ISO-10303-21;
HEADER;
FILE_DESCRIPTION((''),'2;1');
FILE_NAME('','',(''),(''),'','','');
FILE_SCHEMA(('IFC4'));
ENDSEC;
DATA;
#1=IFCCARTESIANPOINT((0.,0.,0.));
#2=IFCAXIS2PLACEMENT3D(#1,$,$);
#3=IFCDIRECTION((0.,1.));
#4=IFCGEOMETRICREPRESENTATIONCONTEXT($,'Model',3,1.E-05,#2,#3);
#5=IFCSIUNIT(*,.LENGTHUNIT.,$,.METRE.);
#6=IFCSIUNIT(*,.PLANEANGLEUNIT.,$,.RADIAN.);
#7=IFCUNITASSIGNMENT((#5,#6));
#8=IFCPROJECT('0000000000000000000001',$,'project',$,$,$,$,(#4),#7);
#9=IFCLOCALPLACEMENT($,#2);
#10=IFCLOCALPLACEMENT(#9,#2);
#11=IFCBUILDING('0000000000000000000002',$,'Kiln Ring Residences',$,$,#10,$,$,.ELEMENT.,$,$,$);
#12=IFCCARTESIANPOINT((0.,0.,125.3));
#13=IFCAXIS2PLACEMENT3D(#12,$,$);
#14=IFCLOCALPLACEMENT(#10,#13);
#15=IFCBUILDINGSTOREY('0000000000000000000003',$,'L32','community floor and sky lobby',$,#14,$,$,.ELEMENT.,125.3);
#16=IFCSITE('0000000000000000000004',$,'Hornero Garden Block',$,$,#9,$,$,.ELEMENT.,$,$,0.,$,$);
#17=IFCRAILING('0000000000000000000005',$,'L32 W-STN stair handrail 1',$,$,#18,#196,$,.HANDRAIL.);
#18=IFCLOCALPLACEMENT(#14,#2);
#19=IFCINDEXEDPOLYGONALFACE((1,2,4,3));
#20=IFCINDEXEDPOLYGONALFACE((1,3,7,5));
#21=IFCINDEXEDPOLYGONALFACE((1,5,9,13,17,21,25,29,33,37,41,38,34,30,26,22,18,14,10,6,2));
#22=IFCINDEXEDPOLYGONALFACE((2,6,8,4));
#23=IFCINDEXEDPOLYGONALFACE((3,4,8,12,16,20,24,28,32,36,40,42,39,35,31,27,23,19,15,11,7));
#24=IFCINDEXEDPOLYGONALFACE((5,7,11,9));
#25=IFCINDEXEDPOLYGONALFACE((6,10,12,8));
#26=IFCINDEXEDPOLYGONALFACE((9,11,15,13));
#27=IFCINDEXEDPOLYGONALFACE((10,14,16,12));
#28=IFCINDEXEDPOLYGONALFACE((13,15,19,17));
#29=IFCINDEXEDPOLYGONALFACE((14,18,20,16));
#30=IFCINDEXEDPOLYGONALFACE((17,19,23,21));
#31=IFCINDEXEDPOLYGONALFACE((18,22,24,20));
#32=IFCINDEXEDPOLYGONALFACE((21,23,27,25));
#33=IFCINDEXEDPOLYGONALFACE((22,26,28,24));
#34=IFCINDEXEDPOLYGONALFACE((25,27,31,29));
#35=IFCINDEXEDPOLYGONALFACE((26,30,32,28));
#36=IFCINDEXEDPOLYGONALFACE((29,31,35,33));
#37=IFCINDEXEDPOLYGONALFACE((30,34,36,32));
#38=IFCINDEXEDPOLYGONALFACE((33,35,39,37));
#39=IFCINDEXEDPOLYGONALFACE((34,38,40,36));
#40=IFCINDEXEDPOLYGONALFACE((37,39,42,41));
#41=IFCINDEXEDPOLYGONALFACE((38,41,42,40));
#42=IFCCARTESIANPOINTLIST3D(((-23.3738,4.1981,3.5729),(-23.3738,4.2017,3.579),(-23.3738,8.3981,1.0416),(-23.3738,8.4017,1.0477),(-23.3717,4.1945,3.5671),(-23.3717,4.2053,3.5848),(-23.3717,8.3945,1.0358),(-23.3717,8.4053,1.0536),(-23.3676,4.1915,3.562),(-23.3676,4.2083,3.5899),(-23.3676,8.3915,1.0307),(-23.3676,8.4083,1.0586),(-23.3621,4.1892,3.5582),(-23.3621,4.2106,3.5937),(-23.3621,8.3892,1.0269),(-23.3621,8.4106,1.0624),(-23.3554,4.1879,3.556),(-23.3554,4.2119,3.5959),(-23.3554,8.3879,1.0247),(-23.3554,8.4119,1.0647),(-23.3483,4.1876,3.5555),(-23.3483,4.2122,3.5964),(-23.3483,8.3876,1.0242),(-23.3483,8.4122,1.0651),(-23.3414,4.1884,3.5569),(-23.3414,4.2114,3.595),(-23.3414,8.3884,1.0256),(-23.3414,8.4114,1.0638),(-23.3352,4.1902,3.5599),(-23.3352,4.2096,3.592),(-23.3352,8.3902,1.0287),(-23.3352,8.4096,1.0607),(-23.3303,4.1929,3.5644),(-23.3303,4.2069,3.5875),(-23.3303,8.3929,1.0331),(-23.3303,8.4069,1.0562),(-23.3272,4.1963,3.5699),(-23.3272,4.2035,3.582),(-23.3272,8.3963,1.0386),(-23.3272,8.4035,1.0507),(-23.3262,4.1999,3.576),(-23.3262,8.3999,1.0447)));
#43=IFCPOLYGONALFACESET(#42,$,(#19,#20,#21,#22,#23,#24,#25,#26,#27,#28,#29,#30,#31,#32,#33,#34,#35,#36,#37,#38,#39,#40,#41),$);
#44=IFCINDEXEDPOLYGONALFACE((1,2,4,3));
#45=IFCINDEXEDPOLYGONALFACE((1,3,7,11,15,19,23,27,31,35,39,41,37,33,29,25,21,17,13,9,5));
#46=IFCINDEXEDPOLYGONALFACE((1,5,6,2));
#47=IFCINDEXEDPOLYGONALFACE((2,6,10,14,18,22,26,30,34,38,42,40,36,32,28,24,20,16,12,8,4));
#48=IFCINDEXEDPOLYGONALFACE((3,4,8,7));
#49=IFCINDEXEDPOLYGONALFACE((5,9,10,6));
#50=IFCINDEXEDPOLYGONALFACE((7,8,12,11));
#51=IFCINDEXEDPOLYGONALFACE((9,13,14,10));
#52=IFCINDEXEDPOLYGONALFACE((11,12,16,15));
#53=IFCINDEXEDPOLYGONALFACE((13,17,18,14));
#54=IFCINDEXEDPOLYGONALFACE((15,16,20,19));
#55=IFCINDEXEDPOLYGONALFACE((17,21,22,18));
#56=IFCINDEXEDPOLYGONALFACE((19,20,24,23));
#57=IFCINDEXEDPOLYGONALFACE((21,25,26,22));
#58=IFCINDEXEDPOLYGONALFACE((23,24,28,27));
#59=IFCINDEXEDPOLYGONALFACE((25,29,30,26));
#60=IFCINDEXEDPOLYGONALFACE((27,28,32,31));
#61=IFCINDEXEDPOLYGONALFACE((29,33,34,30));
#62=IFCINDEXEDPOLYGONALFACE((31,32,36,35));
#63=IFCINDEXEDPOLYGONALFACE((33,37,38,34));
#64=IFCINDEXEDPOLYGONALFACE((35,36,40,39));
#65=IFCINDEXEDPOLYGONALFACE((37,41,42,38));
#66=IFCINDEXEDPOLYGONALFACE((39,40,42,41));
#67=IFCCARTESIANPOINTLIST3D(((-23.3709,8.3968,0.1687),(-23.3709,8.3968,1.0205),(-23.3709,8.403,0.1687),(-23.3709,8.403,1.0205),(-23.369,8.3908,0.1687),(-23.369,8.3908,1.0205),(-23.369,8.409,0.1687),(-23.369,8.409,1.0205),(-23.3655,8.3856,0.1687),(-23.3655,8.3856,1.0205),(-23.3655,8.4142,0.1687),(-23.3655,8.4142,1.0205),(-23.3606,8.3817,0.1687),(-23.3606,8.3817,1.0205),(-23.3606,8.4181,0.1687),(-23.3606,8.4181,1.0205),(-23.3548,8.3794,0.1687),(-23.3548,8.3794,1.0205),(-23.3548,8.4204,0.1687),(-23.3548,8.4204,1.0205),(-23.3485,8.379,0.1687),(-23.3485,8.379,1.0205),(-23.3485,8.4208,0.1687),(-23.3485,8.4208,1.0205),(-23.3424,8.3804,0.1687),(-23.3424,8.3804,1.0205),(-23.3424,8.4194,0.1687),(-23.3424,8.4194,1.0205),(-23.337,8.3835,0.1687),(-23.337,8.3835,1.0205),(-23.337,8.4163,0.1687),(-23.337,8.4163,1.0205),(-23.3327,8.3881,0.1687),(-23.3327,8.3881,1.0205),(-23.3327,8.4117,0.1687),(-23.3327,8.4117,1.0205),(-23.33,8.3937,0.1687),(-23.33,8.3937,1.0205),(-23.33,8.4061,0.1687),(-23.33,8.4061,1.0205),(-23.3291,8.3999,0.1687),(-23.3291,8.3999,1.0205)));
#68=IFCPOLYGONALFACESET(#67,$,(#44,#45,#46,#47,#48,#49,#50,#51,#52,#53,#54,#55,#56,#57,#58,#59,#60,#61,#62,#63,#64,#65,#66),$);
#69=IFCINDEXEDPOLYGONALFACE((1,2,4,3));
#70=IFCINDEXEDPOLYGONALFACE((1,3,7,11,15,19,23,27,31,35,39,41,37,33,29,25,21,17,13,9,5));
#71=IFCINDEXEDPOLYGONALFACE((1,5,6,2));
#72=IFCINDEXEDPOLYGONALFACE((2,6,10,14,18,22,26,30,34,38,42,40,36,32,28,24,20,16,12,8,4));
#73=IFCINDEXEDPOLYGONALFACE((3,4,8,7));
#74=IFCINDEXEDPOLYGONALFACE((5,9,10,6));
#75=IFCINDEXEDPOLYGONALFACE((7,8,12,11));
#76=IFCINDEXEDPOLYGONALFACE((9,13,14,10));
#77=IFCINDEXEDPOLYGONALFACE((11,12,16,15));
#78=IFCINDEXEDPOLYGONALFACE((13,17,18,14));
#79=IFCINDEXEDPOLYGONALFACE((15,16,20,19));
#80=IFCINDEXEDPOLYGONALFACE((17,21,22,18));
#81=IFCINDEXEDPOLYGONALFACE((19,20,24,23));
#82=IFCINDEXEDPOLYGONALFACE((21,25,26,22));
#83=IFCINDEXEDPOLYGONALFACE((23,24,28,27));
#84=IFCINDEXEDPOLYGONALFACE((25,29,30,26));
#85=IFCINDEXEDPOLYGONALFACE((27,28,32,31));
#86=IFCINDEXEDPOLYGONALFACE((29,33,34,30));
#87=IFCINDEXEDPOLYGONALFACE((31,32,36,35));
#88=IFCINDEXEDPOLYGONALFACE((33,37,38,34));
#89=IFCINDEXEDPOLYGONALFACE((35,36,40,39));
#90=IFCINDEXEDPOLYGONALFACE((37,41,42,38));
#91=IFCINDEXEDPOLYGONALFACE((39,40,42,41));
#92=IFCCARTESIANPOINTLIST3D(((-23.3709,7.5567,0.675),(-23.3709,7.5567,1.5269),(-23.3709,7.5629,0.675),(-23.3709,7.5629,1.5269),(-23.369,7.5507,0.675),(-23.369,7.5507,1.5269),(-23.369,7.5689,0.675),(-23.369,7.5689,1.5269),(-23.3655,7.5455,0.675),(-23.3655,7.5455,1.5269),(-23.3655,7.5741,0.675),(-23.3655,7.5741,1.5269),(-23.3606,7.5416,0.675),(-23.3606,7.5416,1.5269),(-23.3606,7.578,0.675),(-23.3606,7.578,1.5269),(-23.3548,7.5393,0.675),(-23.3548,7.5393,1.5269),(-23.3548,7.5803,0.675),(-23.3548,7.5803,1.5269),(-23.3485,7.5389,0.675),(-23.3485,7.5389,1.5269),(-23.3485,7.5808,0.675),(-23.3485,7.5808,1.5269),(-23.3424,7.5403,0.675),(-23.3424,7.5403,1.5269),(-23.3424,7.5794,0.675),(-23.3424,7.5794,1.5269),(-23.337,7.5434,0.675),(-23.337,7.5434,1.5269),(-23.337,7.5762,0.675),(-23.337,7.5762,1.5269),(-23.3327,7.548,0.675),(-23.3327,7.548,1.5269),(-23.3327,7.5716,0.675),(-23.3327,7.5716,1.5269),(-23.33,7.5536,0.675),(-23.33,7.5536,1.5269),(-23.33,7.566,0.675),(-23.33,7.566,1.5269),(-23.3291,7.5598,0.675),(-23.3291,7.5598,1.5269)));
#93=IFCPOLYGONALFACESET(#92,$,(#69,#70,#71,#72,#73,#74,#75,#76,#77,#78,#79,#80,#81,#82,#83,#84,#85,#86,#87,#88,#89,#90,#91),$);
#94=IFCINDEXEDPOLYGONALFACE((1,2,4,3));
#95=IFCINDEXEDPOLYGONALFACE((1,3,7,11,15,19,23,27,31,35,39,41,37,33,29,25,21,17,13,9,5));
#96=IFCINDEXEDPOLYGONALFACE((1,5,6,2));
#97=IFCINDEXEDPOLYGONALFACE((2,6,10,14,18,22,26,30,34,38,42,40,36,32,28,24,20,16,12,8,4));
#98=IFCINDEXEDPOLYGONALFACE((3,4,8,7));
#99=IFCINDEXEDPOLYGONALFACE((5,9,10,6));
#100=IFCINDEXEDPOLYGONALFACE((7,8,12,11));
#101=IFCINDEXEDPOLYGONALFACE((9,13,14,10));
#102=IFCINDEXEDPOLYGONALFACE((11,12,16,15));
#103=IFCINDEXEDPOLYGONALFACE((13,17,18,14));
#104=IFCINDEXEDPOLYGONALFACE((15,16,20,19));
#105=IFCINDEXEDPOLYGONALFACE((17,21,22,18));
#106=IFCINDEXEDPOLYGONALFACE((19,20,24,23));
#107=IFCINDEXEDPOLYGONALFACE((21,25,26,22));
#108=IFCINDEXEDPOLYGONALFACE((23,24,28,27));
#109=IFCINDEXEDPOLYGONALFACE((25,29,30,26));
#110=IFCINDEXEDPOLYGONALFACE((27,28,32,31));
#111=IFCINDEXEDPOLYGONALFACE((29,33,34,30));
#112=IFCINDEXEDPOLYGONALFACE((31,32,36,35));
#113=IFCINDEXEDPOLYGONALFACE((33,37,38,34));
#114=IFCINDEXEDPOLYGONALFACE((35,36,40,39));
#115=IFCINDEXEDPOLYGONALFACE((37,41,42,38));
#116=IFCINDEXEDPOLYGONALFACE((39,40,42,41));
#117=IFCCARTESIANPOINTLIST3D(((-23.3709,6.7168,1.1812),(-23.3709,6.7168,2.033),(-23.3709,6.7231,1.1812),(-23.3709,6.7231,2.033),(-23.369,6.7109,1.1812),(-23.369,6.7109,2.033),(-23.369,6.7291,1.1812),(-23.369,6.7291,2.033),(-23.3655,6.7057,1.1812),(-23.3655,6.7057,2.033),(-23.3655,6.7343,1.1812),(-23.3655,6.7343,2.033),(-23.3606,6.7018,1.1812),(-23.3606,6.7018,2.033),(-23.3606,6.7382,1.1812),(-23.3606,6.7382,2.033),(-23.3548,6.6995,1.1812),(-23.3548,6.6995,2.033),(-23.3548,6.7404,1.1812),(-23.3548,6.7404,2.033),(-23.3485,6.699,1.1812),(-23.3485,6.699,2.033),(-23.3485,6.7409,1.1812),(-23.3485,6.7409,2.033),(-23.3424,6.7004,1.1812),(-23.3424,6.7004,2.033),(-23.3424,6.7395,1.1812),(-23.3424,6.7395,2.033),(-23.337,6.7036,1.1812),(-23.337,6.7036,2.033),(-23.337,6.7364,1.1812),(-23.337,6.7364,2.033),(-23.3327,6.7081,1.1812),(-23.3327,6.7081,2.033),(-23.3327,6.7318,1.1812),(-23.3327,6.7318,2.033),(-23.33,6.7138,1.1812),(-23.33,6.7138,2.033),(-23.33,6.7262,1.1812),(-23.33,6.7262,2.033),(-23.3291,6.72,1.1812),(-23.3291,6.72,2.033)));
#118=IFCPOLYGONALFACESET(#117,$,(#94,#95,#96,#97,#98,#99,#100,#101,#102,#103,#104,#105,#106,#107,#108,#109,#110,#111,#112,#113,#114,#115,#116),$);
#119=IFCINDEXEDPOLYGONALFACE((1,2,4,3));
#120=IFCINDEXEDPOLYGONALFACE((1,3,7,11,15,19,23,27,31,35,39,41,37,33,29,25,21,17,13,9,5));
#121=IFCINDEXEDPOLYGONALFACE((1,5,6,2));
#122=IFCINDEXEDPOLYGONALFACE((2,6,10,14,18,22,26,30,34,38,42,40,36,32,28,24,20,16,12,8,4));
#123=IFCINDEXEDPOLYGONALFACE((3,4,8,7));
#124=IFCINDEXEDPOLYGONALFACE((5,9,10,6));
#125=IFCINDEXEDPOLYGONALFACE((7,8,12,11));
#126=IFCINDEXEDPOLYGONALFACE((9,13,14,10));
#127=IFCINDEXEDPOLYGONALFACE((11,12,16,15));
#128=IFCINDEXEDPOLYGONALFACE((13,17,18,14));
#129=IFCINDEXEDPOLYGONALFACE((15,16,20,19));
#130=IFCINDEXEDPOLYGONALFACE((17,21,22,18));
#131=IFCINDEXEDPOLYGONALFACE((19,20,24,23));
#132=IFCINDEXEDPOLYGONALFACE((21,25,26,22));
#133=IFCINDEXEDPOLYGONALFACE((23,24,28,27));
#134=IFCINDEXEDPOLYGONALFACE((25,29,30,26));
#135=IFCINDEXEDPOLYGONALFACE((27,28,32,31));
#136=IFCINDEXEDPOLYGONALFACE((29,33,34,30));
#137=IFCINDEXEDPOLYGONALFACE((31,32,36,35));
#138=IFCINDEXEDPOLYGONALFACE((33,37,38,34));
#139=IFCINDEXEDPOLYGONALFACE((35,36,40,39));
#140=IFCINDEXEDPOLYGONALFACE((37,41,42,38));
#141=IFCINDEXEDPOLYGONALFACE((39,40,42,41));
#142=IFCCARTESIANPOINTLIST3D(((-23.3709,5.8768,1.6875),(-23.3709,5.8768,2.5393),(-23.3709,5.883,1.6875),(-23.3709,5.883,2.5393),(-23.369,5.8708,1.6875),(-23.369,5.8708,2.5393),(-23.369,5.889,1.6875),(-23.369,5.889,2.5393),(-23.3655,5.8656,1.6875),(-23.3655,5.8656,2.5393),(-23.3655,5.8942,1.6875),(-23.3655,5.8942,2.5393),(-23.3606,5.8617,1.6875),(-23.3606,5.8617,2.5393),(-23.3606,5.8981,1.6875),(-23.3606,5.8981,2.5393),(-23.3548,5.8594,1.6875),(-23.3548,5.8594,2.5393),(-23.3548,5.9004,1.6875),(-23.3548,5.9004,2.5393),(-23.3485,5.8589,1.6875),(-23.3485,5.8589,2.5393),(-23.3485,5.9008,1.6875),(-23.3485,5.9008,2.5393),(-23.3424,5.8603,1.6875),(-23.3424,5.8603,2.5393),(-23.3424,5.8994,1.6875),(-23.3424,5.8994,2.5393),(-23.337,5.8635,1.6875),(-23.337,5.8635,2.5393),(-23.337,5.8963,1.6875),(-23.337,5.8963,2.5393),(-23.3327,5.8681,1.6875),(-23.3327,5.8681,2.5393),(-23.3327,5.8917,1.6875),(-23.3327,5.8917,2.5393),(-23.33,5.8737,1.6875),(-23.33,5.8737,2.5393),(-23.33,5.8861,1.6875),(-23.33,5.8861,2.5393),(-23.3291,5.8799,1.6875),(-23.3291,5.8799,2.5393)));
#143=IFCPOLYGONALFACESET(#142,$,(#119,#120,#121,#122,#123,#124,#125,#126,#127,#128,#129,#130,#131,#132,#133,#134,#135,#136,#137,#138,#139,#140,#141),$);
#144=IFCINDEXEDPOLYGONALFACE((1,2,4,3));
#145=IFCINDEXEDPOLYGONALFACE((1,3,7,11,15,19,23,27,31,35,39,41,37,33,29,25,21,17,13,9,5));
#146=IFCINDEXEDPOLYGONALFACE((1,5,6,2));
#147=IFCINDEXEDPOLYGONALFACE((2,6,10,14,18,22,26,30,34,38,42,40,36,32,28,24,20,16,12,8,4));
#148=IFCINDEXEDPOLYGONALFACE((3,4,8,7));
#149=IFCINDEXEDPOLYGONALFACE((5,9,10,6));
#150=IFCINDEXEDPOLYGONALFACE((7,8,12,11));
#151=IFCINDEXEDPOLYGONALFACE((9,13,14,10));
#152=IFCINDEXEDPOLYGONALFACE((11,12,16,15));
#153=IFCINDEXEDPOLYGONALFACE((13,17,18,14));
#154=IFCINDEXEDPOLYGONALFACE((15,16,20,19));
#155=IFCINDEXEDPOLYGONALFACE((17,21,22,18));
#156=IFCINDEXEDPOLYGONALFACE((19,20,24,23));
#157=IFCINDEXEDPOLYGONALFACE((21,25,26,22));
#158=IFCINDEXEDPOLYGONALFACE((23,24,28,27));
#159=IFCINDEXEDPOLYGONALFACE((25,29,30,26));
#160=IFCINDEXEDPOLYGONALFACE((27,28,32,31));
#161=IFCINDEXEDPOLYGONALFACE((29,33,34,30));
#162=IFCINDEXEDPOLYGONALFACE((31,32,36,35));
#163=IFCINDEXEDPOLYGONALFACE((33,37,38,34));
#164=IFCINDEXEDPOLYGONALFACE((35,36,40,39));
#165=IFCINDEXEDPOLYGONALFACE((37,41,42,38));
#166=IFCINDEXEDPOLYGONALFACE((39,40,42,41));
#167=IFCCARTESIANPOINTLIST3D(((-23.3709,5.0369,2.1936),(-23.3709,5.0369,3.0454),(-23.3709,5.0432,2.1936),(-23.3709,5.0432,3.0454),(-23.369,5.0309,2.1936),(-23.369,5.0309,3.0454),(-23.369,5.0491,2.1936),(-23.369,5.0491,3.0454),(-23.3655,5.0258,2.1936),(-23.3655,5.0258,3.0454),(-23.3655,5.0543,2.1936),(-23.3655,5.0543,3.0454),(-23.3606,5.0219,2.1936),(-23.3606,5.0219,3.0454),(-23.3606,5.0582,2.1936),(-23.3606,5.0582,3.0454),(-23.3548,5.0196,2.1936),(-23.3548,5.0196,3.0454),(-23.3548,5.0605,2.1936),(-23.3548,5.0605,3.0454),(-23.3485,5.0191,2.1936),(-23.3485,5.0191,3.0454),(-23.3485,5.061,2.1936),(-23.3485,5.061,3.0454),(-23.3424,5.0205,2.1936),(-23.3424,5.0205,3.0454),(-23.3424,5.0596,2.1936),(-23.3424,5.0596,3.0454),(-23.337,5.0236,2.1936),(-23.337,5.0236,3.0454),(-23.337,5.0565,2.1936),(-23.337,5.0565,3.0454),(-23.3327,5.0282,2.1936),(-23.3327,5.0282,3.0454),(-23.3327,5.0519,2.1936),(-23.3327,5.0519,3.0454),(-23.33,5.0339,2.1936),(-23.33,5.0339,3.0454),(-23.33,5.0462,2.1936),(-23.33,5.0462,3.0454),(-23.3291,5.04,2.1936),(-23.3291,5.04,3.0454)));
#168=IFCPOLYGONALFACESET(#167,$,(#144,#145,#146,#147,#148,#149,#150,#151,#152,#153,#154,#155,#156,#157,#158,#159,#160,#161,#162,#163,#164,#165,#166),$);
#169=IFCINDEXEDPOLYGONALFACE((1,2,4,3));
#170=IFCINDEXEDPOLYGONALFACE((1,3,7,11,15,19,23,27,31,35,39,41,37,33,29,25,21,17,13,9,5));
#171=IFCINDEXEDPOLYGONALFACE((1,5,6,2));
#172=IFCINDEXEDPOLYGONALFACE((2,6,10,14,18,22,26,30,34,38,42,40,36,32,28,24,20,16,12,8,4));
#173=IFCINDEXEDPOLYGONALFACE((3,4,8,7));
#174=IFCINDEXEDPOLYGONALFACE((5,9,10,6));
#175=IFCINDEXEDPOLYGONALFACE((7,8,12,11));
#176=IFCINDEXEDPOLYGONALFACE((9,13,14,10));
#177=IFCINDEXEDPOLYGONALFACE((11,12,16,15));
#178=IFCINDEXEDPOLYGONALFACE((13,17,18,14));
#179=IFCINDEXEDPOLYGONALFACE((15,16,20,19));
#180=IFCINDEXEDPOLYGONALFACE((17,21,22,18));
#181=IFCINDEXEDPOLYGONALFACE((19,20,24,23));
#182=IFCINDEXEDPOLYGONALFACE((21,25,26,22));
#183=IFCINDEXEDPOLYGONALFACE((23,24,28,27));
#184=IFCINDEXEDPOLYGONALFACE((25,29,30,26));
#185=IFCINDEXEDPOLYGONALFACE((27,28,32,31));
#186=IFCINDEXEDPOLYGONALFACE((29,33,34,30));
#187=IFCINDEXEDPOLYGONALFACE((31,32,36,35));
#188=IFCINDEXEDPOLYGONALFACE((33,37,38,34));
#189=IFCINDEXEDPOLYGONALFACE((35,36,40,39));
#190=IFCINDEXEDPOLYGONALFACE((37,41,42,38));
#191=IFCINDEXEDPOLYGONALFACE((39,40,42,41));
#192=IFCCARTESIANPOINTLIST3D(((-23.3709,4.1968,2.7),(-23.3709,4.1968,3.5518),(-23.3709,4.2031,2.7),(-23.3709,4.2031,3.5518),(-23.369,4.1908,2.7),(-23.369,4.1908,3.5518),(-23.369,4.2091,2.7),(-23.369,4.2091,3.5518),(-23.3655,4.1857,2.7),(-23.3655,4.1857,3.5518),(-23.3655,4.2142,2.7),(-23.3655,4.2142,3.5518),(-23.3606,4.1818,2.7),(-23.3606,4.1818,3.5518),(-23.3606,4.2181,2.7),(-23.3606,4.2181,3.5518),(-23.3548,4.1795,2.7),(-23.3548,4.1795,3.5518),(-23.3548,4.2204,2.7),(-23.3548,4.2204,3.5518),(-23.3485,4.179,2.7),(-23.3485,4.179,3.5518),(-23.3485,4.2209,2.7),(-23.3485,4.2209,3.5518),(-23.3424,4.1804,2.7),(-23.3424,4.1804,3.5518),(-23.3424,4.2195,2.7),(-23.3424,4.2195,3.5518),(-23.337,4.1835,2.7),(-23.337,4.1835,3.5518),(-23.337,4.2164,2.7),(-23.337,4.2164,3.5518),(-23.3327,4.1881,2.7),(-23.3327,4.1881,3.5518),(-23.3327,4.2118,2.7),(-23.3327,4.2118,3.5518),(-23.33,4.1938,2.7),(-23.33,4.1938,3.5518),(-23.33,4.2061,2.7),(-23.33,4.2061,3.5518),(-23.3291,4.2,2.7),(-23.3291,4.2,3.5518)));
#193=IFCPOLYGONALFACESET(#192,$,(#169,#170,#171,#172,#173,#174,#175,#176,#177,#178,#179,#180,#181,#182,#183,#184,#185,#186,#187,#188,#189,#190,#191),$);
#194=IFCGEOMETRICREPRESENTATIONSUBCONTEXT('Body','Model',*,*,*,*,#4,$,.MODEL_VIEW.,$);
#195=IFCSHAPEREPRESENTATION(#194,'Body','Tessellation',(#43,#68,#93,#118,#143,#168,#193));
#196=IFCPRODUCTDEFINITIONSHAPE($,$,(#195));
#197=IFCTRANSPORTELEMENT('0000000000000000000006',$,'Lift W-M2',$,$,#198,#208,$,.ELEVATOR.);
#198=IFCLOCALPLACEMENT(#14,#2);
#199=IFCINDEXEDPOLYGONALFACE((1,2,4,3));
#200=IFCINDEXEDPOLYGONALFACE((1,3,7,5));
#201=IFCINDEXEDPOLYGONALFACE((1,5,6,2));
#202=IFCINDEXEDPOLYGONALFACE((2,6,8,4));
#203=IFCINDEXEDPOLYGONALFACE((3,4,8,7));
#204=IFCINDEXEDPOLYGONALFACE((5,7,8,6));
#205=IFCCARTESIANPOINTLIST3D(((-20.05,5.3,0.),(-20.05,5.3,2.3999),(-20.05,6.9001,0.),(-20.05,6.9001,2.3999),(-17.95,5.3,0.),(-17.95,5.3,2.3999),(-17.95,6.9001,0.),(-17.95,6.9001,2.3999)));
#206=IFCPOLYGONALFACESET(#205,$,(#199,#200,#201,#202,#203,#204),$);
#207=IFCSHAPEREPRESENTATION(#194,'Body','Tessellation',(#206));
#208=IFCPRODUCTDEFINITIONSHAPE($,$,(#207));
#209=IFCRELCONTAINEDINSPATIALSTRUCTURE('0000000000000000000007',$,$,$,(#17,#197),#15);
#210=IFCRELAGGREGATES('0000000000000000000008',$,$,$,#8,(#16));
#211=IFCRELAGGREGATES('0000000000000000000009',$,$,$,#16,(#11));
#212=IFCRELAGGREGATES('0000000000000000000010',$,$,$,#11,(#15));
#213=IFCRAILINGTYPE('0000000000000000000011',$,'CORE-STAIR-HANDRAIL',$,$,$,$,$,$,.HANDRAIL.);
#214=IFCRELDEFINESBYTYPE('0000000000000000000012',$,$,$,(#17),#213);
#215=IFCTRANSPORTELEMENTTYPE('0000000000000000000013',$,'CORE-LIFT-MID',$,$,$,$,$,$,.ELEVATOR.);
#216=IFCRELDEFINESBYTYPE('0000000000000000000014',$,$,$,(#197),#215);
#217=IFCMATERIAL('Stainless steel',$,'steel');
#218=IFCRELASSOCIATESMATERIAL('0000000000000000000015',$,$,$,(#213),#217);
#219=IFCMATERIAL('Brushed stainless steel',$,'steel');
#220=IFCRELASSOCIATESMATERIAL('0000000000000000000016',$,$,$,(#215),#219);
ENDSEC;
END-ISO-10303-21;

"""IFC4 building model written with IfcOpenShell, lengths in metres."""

from ifc_helpers import new_model, si_unit, direction, frame, origin, origin_2d, place, context, subcontext, project, spatial, rectangle, circle, extrude, material, type_object, element, save


model = new_model("IFC4")

# Units and contexts
model_context = context("Model", 3, precision=1e-05, world=origin(), true_north=direction((0.0, 1.0)))
body_context = subcontext(model_context, "Body", "Model", "MODEL_VIEW")
ifc_project = project(units=[si_unit("LENGTHUNIT", "METRE"), si_unit("PLANEANGLEUNIT", "RADIAN")], contexts=[model_context])

# Site, building, storey
site_placement = place(None, origin())
site = spatial("IfcSite", under=ifc_project, at=site_placement, Name="Hornero Garden Block", CompositionType="ELEMENT", RefElevation=0.0)
building_placement = place(site_placement, origin())
building = spatial("IfcBuilding", under=site, at=building_placement, Name="Kiln Ring Residences", CompositionType="ELEMENT")
storey_placement = place(building_placement, frame((0.0, 0.0, 125.3)))
storey = spatial("IfcBuildingStorey", under=building, at=storey_placement, Name="L32", Description="community floor and sky lobby", CompositionType="ELEMENT", Elevation=125.3)

# Railing
ifc_material_1 = material(Name="Stainless steel", Category="steel")
railing_type_1 = type_object("IfcRailingType", Name="CORE-STAIR-HANDRAIL", PredefinedType="HANDRAIL", material=ifc_material_1)
railing_1_placement = place(storey_placement, frame((-23.3501, 8.3999, 0.1687)))
element("IfcRailing", 1, at=railing_1_placement, inside=storey, type_object=railing_type_1, Name="L32 W-STN stair handrail 1", PredefinedType="HANDRAIL", context=body_context, shape_type="SweptSolid", body=[
    extrude(circle(Radius=0.0239, at=origin_2d()), frame((0.0, 0.0, 0.876), z_axis=(0.0, -0.856476, 0.516186), x_axis=(1.0, 0.0, 0.0)), (0.0, 0.0, 1.0), 4.9038),
    extrude(circle(Radius=0.021, at=origin_2d()), origin(), (0.0, 0.0, 1.0), 0.8518),
    extrude(circle(Radius=0.021, at=origin_2d()), frame((0.0, -0.8401, 0.5063)), (0.0, 0.0, 1.0), 0.8518),
    extrude(circle(Radius=0.021, at=origin_2d()), frame((0.0, -1.6799, 1.0125)), (0.0, 0.0, 1.0), 0.8518),
    extrude(circle(Radius=0.021, at=origin_2d()), frame((0.0, -2.52, 1.5188)), (0.0, 0.0, 1.0), 0.8518),
    extrude(circle(Radius=0.021, at=origin_2d()), frame((0.0, -3.3599, 2.0249)), (0.0, 0.0, 1.0), 0.8518),
    extrude(circle(Radius=0.021, at=origin_2d()), frame((0.0, -4.2, 2.5312)), (0.0, 0.0, 1.0), 0.8518),
])

# Transport element
ifc_material_2 = material(Name="Brushed stainless steel", Category="steel")
transport_element_type = type_object("IfcTransportElementType", Name="CORE-LIFT-MID", PredefinedType="ELEVATOR", material=ifc_material_2)
transport_element_placement = place(storey_placement, frame((-19.0, 6.1001, 0.0), z_axis=(0.0, 0.0, 1.0), x_axis=(1.0, 0.0, 0.0)))
element("IfcTransportElement", 2, at=transport_element_placement, inside=storey, type_object=transport_element_type, Name="Lift W-M2", PredefinedType="ELEVATOR", context=body_context, shape_type="SweptSolid", body=[
    extrude(rectangle(XDim=2.1001, YDim=1.6001, at=origin_2d()), origin(), (0.0, 0.0, 1.0), 2.3999),
])

save(model, "model.ifc")
